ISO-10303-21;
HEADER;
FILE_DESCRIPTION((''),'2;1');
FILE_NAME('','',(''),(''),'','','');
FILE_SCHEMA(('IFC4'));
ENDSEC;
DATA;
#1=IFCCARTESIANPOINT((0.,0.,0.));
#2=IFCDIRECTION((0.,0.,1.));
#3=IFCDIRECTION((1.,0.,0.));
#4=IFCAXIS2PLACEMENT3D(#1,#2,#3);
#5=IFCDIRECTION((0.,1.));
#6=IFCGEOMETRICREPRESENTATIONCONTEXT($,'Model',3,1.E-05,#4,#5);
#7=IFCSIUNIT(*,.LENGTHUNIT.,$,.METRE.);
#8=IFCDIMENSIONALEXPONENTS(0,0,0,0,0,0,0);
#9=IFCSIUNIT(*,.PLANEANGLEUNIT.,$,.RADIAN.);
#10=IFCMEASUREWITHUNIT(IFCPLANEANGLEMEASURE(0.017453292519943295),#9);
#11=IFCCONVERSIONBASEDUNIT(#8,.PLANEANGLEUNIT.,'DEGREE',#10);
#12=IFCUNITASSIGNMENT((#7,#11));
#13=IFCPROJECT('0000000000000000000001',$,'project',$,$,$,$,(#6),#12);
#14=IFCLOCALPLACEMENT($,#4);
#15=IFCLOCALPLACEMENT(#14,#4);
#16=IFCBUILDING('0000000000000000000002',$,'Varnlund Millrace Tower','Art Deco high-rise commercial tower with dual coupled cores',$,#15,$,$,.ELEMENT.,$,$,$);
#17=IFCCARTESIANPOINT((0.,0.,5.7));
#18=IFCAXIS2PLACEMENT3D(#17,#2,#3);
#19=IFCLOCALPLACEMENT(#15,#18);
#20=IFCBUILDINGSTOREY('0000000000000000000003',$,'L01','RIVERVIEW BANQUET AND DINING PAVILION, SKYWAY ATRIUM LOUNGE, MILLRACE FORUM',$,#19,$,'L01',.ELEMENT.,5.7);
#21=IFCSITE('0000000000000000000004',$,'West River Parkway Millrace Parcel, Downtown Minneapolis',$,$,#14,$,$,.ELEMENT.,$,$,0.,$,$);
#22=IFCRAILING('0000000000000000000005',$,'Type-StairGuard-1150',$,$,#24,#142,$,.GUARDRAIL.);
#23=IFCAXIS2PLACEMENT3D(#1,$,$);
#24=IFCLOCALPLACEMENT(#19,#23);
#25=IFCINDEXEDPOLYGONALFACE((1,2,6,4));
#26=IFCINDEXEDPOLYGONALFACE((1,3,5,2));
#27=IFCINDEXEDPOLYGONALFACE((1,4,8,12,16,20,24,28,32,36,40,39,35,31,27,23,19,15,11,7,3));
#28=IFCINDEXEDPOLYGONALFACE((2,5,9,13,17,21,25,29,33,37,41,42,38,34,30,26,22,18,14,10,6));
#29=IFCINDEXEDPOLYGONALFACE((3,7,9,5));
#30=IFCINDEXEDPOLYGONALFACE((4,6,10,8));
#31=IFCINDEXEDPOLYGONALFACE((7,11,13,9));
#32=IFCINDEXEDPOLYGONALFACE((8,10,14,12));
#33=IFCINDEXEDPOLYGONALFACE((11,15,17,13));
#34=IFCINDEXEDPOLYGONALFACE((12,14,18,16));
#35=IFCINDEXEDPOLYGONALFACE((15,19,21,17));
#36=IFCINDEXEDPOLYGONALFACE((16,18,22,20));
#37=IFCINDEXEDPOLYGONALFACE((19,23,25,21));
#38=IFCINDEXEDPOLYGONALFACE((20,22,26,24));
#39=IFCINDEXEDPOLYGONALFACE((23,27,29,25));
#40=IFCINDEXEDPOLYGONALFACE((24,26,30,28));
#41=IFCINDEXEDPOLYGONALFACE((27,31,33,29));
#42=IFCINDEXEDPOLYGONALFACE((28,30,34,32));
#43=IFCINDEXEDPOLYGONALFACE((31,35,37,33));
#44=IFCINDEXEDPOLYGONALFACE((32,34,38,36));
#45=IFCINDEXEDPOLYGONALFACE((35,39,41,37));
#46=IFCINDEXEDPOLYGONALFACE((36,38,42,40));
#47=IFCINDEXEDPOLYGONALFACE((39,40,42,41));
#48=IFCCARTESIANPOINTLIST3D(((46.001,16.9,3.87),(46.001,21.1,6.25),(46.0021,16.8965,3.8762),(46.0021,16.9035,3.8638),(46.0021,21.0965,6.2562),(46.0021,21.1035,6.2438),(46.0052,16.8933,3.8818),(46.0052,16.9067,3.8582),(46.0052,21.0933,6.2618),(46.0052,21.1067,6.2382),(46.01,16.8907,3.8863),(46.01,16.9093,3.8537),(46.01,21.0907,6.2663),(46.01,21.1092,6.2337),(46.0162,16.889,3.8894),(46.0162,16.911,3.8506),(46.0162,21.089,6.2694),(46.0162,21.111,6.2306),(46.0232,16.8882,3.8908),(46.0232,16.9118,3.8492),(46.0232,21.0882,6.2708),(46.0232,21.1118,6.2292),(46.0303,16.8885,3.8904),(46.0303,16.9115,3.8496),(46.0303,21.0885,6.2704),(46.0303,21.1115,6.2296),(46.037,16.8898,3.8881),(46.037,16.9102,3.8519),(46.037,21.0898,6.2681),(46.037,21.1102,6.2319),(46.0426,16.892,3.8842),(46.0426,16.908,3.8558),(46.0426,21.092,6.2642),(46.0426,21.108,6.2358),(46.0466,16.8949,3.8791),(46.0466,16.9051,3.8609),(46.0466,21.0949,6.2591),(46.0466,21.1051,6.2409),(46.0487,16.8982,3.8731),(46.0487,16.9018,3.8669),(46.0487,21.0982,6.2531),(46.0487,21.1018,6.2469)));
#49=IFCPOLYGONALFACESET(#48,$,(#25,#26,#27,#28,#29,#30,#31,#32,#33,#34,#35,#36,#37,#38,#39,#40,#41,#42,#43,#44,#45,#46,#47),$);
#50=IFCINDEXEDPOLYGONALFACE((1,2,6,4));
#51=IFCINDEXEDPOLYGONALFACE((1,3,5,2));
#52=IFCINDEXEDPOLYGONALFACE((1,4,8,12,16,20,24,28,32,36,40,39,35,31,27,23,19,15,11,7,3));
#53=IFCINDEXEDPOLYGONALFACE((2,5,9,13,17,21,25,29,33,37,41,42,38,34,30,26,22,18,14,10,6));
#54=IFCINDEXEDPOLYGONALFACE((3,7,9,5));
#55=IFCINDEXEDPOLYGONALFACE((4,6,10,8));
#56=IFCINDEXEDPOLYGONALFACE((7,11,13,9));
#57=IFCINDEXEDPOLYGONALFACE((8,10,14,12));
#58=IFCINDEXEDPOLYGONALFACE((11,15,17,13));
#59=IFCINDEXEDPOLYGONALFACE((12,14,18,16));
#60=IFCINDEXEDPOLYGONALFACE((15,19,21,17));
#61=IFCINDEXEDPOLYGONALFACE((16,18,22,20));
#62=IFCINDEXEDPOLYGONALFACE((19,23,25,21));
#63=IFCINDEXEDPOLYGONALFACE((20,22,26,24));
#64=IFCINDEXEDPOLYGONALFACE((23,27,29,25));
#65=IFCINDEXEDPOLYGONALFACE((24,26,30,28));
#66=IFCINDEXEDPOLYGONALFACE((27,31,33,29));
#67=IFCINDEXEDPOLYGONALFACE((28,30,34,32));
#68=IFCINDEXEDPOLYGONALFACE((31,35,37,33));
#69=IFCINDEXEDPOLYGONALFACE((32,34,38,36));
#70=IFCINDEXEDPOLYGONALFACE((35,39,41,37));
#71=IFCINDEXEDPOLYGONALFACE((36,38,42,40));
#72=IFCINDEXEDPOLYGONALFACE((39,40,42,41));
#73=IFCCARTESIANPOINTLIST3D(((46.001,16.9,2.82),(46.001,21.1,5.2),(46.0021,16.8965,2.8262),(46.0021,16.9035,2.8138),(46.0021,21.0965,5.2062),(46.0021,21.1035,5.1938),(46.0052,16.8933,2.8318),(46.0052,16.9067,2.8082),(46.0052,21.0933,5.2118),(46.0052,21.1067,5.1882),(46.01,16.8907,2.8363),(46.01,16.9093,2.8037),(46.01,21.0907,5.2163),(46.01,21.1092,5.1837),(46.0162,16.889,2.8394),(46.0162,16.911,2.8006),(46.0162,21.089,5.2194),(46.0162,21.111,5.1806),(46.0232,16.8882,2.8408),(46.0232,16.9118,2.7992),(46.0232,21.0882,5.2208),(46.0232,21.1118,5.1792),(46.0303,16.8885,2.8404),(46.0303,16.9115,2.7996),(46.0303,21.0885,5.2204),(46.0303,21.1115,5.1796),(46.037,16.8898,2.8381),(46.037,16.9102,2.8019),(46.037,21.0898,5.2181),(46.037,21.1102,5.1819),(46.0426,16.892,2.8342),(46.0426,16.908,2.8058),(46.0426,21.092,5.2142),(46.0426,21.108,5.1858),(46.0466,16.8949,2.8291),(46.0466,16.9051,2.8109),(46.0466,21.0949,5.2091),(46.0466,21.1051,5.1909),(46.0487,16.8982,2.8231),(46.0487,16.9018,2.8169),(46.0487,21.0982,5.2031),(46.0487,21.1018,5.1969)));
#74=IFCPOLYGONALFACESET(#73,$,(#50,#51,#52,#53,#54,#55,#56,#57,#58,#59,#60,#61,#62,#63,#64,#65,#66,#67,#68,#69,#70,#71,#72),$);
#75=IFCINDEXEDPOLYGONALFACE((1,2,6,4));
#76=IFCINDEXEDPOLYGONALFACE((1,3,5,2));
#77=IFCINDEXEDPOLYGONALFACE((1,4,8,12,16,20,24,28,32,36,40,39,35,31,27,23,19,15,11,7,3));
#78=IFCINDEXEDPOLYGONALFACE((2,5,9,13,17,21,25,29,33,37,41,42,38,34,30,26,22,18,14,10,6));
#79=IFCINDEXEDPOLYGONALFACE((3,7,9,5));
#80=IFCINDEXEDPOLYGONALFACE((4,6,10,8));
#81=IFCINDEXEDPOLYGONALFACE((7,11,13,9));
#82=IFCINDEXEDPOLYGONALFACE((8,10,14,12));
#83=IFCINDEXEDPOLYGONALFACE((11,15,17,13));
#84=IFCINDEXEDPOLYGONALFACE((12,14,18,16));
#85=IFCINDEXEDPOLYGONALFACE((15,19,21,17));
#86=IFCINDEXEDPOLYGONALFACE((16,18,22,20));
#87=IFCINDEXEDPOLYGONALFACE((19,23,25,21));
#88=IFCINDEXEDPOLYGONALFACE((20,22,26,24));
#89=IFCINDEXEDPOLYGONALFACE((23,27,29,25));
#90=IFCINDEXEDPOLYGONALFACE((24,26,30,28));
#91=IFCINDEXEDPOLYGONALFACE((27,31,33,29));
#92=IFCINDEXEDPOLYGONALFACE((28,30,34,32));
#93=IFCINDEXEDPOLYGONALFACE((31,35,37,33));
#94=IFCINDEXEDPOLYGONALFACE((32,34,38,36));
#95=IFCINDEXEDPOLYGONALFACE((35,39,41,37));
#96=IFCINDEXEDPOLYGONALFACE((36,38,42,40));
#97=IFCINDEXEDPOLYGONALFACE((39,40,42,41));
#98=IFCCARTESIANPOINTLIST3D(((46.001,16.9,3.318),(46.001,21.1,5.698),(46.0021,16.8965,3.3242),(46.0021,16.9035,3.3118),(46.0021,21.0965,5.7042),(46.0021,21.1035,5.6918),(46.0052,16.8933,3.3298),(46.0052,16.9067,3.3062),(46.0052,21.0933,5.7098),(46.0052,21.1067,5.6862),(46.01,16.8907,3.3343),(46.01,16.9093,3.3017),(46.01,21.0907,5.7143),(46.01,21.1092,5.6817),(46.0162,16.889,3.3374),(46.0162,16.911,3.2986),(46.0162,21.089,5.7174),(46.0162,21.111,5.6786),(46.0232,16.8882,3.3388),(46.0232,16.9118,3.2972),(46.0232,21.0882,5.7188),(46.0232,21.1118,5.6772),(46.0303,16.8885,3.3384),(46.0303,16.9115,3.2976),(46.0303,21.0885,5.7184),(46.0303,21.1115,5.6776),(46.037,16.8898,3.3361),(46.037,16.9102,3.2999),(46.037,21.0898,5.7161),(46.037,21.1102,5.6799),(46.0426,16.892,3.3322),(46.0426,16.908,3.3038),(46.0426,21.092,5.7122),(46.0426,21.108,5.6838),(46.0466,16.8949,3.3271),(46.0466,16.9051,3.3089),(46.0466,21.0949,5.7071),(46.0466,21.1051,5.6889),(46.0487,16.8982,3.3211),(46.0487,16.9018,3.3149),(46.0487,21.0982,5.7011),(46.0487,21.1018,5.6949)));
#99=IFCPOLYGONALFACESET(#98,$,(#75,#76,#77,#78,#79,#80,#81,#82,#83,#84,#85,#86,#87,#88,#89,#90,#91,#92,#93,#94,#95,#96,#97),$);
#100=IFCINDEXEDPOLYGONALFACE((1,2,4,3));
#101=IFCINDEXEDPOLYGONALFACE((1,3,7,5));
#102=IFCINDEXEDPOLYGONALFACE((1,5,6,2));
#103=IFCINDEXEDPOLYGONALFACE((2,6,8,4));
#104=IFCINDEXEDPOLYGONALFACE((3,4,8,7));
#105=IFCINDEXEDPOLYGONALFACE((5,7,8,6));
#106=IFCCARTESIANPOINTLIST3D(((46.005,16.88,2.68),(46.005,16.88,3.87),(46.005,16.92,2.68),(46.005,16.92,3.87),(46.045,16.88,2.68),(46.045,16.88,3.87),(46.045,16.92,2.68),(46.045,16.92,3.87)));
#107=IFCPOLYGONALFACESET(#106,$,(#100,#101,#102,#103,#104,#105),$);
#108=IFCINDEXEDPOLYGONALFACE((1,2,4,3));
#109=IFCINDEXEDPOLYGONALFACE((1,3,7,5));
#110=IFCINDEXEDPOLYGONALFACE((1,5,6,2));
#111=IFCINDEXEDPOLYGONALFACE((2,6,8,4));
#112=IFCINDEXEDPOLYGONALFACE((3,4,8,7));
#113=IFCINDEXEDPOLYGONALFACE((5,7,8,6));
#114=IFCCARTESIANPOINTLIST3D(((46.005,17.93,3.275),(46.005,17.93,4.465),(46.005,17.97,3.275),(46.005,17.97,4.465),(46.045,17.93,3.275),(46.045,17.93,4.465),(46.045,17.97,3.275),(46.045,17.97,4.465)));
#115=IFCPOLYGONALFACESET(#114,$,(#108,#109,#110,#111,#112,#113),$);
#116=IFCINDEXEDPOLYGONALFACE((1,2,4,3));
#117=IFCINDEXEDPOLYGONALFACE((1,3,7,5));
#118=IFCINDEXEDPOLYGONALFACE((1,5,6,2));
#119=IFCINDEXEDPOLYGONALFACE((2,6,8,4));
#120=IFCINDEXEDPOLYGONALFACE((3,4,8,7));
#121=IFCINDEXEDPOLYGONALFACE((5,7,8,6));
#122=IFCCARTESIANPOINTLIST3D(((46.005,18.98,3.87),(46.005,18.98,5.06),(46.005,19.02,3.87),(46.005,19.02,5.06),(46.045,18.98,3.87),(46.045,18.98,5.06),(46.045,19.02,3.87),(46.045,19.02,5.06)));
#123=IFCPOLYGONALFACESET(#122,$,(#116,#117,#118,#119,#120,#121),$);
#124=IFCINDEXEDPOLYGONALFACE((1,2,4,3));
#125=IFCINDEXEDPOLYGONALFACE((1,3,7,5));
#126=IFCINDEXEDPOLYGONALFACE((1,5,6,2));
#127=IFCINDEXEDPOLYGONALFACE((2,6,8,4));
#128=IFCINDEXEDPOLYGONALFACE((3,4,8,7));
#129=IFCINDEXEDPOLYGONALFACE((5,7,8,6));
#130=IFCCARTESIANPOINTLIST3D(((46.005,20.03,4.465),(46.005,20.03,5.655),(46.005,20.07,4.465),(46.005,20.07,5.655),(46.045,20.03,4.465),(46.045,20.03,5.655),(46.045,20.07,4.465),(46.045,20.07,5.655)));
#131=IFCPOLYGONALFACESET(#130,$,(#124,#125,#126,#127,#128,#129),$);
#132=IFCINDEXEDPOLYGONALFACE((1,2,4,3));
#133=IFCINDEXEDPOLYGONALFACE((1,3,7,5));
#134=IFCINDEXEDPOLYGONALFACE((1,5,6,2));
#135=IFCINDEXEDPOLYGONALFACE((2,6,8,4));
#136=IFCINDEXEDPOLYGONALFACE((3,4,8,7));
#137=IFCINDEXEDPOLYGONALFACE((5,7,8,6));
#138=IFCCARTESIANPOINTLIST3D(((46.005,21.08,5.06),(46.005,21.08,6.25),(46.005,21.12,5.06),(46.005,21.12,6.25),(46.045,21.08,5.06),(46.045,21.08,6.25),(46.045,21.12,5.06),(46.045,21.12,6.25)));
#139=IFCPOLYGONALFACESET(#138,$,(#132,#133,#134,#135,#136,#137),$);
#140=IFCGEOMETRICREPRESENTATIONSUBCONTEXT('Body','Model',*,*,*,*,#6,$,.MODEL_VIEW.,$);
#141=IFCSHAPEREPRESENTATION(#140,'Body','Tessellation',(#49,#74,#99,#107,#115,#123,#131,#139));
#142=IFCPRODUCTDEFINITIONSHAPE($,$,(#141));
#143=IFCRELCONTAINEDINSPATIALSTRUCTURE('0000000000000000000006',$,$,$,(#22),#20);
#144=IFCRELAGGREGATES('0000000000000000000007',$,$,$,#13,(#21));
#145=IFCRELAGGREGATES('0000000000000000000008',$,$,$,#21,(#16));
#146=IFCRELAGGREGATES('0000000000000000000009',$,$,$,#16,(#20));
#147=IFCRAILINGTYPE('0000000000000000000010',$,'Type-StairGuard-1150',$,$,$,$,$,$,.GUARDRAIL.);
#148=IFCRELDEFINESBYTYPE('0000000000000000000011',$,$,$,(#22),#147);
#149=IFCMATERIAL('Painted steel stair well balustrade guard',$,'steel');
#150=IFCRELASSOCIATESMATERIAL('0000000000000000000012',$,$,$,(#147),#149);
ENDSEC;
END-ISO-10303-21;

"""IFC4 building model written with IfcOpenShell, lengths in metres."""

from ifc_helpers import new_model, entity, si_unit, converted_unit, direction, frame, origin_with_axes, origin_2d_with_axis, place, context, subcontext, project, spatial, rectangle, circle, extrude, material, type_object, element, save


model = new_model("IFC4")

# Units and contexts
model_context = context("Model", 3, precision=1e-05, world=origin_with_axes(), true_north=direction((0.0, 1.0)))
body_context = subcontext(model_context, "Body", "Model", "MODEL_VIEW")
ifc_project = project(units=[si_unit("LENGTHUNIT", "METRE"), converted_unit("PLANEANGLEUNIT", "DEGREE", entity("IfcPlaneAngleMeasure", 0.017453292519943295), si_unit("PLANEANGLEUNIT", "RADIAN"), dimensions=[0, 0, 0, 0, 0, 0, 0])], contexts=[model_context])

# Site, building, storey
site_placement = place(None, origin_with_axes())
site = spatial("IfcSite", under=ifc_project, at=site_placement, Name="West River Parkway Millrace Parcel, Downtown Minneapolis", CompositionType="ELEMENT", RefElevation=0.0)
building_placement = place(site_placement, origin_with_axes())
building = spatial("IfcBuilding", under=site, at=building_placement, Name="Varnlund Millrace Tower", Description="Art Deco high-rise commercial tower with dual coupled cores", CompositionType="ELEMENT")
storey_placement = place(building_placement, frame((0.0, 0.0, 5.7), z_axis=(0.0, 0.0, 1.0), x_axis=(1.0, 0.0, 0.0)))
storey = spatial("IfcBuildingStorey", under=building, at=storey_placement, Name="L01", Description="RIVERVIEW BANQUET AND DINING PAVILION, SKYWAY ATRIUM LOUNGE, MILLRACE FORUM", LongName="L01", CompositionType="ELEMENT", Elevation=5.7)

# Railing
ifc_material_1 = material(Name="Painted steel stair well balustrade guard", Category="steel")
railing_type_1 = type_object("IfcRailingType", Name="Type-StairGuard-1150", PredefinedType="GUARDRAIL", material=ifc_material_1)
railing_1_placement = place(storey_placement, frame((0.0, 0.0, -5.7), z_axis=(0.0, 0.0, 1.0), x_axis=(1.0, 0.0, 0.0)))
element("IfcRailing", 1, at=railing_1_placement, inside=storey, type_object=railing_type_1, Name="Type-StairGuard-1150", PredefinedType="GUARDRAIL", context=body_context, shape_type="SweptSolid", body=[
    extrude(circle(Radius=0.024, at=origin_2d_with_axis()), frame((46.025, 16.9, 9.57), z_axis=(0.0, 0.870022, 0.493013), x_axis=(-1.0, 0.0, 0.0)), (0.0, 0.0, 1.0), 4.8275),
    extrude(circle(Radius=0.024, at=origin_2d_with_axis()), frame((46.025, 16.9, 8.52), z_axis=(0.0, 0.870022, 0.493013), x_axis=(-1.0, 0.0, 0.0)), (0.0, 0.0, 1.0), 4.8275),
    extrude(circle(Radius=0.024, at=origin_2d_with_axis()), frame((46.025, 16.9, 9.018), z_axis=(0.0, 0.870022, 0.493013), x_axis=(-1.0, 0.0, 0.0)), (0.0, 0.0, 1.0), 4.8275),
    extrude(rectangle(XDim=0.04, YDim=0.04, at=origin_2d_with_axis()), frame((46.025, 16.9, 8.38), z_axis=(0.0, 0.0, 1.0), x_axis=(1.0, 0.0, 0.0)), (0.0, 0.0, 1.0), 1.19),
    extrude(rectangle(XDim=0.04, YDim=0.04, at=origin_2d_with_axis()), frame((46.025, 17.95, 8.975), z_axis=(0.0, 0.0, 1.0), x_axis=(1.0, 0.0, 0.0)), (0.0, 0.0, 1.0), 1.19),
    extrude(rectangle(XDim=0.04, YDim=0.04, at=origin_2d_with_axis()), frame((46.025, 19.0, 9.57), z_axis=(0.0, 0.0, 1.0), x_axis=(1.0, 0.0, 0.0)), (0.0, 0.0, 1.0), 1.19),
    extrude(rectangle(XDim=0.04, YDim=0.04, at=origin_2d_with_axis()), frame((46.025, 20.05, 10.165), z_axis=(0.0, 0.0, 1.0), x_axis=(1.0, 0.0, 0.0)), (0.0, 0.0, 1.0), 1.19),
    extrude(rectangle(XDim=0.04, YDim=0.04, at=origin_2d_with_axis()), frame((46.025, 21.1, 10.76), z_axis=(0.0, 0.0, 1.0), x_axis=(1.0, 0.0, 0.0)), (0.0, 0.0, 1.0), 1.19),
])

save(model, "model.ifc")
